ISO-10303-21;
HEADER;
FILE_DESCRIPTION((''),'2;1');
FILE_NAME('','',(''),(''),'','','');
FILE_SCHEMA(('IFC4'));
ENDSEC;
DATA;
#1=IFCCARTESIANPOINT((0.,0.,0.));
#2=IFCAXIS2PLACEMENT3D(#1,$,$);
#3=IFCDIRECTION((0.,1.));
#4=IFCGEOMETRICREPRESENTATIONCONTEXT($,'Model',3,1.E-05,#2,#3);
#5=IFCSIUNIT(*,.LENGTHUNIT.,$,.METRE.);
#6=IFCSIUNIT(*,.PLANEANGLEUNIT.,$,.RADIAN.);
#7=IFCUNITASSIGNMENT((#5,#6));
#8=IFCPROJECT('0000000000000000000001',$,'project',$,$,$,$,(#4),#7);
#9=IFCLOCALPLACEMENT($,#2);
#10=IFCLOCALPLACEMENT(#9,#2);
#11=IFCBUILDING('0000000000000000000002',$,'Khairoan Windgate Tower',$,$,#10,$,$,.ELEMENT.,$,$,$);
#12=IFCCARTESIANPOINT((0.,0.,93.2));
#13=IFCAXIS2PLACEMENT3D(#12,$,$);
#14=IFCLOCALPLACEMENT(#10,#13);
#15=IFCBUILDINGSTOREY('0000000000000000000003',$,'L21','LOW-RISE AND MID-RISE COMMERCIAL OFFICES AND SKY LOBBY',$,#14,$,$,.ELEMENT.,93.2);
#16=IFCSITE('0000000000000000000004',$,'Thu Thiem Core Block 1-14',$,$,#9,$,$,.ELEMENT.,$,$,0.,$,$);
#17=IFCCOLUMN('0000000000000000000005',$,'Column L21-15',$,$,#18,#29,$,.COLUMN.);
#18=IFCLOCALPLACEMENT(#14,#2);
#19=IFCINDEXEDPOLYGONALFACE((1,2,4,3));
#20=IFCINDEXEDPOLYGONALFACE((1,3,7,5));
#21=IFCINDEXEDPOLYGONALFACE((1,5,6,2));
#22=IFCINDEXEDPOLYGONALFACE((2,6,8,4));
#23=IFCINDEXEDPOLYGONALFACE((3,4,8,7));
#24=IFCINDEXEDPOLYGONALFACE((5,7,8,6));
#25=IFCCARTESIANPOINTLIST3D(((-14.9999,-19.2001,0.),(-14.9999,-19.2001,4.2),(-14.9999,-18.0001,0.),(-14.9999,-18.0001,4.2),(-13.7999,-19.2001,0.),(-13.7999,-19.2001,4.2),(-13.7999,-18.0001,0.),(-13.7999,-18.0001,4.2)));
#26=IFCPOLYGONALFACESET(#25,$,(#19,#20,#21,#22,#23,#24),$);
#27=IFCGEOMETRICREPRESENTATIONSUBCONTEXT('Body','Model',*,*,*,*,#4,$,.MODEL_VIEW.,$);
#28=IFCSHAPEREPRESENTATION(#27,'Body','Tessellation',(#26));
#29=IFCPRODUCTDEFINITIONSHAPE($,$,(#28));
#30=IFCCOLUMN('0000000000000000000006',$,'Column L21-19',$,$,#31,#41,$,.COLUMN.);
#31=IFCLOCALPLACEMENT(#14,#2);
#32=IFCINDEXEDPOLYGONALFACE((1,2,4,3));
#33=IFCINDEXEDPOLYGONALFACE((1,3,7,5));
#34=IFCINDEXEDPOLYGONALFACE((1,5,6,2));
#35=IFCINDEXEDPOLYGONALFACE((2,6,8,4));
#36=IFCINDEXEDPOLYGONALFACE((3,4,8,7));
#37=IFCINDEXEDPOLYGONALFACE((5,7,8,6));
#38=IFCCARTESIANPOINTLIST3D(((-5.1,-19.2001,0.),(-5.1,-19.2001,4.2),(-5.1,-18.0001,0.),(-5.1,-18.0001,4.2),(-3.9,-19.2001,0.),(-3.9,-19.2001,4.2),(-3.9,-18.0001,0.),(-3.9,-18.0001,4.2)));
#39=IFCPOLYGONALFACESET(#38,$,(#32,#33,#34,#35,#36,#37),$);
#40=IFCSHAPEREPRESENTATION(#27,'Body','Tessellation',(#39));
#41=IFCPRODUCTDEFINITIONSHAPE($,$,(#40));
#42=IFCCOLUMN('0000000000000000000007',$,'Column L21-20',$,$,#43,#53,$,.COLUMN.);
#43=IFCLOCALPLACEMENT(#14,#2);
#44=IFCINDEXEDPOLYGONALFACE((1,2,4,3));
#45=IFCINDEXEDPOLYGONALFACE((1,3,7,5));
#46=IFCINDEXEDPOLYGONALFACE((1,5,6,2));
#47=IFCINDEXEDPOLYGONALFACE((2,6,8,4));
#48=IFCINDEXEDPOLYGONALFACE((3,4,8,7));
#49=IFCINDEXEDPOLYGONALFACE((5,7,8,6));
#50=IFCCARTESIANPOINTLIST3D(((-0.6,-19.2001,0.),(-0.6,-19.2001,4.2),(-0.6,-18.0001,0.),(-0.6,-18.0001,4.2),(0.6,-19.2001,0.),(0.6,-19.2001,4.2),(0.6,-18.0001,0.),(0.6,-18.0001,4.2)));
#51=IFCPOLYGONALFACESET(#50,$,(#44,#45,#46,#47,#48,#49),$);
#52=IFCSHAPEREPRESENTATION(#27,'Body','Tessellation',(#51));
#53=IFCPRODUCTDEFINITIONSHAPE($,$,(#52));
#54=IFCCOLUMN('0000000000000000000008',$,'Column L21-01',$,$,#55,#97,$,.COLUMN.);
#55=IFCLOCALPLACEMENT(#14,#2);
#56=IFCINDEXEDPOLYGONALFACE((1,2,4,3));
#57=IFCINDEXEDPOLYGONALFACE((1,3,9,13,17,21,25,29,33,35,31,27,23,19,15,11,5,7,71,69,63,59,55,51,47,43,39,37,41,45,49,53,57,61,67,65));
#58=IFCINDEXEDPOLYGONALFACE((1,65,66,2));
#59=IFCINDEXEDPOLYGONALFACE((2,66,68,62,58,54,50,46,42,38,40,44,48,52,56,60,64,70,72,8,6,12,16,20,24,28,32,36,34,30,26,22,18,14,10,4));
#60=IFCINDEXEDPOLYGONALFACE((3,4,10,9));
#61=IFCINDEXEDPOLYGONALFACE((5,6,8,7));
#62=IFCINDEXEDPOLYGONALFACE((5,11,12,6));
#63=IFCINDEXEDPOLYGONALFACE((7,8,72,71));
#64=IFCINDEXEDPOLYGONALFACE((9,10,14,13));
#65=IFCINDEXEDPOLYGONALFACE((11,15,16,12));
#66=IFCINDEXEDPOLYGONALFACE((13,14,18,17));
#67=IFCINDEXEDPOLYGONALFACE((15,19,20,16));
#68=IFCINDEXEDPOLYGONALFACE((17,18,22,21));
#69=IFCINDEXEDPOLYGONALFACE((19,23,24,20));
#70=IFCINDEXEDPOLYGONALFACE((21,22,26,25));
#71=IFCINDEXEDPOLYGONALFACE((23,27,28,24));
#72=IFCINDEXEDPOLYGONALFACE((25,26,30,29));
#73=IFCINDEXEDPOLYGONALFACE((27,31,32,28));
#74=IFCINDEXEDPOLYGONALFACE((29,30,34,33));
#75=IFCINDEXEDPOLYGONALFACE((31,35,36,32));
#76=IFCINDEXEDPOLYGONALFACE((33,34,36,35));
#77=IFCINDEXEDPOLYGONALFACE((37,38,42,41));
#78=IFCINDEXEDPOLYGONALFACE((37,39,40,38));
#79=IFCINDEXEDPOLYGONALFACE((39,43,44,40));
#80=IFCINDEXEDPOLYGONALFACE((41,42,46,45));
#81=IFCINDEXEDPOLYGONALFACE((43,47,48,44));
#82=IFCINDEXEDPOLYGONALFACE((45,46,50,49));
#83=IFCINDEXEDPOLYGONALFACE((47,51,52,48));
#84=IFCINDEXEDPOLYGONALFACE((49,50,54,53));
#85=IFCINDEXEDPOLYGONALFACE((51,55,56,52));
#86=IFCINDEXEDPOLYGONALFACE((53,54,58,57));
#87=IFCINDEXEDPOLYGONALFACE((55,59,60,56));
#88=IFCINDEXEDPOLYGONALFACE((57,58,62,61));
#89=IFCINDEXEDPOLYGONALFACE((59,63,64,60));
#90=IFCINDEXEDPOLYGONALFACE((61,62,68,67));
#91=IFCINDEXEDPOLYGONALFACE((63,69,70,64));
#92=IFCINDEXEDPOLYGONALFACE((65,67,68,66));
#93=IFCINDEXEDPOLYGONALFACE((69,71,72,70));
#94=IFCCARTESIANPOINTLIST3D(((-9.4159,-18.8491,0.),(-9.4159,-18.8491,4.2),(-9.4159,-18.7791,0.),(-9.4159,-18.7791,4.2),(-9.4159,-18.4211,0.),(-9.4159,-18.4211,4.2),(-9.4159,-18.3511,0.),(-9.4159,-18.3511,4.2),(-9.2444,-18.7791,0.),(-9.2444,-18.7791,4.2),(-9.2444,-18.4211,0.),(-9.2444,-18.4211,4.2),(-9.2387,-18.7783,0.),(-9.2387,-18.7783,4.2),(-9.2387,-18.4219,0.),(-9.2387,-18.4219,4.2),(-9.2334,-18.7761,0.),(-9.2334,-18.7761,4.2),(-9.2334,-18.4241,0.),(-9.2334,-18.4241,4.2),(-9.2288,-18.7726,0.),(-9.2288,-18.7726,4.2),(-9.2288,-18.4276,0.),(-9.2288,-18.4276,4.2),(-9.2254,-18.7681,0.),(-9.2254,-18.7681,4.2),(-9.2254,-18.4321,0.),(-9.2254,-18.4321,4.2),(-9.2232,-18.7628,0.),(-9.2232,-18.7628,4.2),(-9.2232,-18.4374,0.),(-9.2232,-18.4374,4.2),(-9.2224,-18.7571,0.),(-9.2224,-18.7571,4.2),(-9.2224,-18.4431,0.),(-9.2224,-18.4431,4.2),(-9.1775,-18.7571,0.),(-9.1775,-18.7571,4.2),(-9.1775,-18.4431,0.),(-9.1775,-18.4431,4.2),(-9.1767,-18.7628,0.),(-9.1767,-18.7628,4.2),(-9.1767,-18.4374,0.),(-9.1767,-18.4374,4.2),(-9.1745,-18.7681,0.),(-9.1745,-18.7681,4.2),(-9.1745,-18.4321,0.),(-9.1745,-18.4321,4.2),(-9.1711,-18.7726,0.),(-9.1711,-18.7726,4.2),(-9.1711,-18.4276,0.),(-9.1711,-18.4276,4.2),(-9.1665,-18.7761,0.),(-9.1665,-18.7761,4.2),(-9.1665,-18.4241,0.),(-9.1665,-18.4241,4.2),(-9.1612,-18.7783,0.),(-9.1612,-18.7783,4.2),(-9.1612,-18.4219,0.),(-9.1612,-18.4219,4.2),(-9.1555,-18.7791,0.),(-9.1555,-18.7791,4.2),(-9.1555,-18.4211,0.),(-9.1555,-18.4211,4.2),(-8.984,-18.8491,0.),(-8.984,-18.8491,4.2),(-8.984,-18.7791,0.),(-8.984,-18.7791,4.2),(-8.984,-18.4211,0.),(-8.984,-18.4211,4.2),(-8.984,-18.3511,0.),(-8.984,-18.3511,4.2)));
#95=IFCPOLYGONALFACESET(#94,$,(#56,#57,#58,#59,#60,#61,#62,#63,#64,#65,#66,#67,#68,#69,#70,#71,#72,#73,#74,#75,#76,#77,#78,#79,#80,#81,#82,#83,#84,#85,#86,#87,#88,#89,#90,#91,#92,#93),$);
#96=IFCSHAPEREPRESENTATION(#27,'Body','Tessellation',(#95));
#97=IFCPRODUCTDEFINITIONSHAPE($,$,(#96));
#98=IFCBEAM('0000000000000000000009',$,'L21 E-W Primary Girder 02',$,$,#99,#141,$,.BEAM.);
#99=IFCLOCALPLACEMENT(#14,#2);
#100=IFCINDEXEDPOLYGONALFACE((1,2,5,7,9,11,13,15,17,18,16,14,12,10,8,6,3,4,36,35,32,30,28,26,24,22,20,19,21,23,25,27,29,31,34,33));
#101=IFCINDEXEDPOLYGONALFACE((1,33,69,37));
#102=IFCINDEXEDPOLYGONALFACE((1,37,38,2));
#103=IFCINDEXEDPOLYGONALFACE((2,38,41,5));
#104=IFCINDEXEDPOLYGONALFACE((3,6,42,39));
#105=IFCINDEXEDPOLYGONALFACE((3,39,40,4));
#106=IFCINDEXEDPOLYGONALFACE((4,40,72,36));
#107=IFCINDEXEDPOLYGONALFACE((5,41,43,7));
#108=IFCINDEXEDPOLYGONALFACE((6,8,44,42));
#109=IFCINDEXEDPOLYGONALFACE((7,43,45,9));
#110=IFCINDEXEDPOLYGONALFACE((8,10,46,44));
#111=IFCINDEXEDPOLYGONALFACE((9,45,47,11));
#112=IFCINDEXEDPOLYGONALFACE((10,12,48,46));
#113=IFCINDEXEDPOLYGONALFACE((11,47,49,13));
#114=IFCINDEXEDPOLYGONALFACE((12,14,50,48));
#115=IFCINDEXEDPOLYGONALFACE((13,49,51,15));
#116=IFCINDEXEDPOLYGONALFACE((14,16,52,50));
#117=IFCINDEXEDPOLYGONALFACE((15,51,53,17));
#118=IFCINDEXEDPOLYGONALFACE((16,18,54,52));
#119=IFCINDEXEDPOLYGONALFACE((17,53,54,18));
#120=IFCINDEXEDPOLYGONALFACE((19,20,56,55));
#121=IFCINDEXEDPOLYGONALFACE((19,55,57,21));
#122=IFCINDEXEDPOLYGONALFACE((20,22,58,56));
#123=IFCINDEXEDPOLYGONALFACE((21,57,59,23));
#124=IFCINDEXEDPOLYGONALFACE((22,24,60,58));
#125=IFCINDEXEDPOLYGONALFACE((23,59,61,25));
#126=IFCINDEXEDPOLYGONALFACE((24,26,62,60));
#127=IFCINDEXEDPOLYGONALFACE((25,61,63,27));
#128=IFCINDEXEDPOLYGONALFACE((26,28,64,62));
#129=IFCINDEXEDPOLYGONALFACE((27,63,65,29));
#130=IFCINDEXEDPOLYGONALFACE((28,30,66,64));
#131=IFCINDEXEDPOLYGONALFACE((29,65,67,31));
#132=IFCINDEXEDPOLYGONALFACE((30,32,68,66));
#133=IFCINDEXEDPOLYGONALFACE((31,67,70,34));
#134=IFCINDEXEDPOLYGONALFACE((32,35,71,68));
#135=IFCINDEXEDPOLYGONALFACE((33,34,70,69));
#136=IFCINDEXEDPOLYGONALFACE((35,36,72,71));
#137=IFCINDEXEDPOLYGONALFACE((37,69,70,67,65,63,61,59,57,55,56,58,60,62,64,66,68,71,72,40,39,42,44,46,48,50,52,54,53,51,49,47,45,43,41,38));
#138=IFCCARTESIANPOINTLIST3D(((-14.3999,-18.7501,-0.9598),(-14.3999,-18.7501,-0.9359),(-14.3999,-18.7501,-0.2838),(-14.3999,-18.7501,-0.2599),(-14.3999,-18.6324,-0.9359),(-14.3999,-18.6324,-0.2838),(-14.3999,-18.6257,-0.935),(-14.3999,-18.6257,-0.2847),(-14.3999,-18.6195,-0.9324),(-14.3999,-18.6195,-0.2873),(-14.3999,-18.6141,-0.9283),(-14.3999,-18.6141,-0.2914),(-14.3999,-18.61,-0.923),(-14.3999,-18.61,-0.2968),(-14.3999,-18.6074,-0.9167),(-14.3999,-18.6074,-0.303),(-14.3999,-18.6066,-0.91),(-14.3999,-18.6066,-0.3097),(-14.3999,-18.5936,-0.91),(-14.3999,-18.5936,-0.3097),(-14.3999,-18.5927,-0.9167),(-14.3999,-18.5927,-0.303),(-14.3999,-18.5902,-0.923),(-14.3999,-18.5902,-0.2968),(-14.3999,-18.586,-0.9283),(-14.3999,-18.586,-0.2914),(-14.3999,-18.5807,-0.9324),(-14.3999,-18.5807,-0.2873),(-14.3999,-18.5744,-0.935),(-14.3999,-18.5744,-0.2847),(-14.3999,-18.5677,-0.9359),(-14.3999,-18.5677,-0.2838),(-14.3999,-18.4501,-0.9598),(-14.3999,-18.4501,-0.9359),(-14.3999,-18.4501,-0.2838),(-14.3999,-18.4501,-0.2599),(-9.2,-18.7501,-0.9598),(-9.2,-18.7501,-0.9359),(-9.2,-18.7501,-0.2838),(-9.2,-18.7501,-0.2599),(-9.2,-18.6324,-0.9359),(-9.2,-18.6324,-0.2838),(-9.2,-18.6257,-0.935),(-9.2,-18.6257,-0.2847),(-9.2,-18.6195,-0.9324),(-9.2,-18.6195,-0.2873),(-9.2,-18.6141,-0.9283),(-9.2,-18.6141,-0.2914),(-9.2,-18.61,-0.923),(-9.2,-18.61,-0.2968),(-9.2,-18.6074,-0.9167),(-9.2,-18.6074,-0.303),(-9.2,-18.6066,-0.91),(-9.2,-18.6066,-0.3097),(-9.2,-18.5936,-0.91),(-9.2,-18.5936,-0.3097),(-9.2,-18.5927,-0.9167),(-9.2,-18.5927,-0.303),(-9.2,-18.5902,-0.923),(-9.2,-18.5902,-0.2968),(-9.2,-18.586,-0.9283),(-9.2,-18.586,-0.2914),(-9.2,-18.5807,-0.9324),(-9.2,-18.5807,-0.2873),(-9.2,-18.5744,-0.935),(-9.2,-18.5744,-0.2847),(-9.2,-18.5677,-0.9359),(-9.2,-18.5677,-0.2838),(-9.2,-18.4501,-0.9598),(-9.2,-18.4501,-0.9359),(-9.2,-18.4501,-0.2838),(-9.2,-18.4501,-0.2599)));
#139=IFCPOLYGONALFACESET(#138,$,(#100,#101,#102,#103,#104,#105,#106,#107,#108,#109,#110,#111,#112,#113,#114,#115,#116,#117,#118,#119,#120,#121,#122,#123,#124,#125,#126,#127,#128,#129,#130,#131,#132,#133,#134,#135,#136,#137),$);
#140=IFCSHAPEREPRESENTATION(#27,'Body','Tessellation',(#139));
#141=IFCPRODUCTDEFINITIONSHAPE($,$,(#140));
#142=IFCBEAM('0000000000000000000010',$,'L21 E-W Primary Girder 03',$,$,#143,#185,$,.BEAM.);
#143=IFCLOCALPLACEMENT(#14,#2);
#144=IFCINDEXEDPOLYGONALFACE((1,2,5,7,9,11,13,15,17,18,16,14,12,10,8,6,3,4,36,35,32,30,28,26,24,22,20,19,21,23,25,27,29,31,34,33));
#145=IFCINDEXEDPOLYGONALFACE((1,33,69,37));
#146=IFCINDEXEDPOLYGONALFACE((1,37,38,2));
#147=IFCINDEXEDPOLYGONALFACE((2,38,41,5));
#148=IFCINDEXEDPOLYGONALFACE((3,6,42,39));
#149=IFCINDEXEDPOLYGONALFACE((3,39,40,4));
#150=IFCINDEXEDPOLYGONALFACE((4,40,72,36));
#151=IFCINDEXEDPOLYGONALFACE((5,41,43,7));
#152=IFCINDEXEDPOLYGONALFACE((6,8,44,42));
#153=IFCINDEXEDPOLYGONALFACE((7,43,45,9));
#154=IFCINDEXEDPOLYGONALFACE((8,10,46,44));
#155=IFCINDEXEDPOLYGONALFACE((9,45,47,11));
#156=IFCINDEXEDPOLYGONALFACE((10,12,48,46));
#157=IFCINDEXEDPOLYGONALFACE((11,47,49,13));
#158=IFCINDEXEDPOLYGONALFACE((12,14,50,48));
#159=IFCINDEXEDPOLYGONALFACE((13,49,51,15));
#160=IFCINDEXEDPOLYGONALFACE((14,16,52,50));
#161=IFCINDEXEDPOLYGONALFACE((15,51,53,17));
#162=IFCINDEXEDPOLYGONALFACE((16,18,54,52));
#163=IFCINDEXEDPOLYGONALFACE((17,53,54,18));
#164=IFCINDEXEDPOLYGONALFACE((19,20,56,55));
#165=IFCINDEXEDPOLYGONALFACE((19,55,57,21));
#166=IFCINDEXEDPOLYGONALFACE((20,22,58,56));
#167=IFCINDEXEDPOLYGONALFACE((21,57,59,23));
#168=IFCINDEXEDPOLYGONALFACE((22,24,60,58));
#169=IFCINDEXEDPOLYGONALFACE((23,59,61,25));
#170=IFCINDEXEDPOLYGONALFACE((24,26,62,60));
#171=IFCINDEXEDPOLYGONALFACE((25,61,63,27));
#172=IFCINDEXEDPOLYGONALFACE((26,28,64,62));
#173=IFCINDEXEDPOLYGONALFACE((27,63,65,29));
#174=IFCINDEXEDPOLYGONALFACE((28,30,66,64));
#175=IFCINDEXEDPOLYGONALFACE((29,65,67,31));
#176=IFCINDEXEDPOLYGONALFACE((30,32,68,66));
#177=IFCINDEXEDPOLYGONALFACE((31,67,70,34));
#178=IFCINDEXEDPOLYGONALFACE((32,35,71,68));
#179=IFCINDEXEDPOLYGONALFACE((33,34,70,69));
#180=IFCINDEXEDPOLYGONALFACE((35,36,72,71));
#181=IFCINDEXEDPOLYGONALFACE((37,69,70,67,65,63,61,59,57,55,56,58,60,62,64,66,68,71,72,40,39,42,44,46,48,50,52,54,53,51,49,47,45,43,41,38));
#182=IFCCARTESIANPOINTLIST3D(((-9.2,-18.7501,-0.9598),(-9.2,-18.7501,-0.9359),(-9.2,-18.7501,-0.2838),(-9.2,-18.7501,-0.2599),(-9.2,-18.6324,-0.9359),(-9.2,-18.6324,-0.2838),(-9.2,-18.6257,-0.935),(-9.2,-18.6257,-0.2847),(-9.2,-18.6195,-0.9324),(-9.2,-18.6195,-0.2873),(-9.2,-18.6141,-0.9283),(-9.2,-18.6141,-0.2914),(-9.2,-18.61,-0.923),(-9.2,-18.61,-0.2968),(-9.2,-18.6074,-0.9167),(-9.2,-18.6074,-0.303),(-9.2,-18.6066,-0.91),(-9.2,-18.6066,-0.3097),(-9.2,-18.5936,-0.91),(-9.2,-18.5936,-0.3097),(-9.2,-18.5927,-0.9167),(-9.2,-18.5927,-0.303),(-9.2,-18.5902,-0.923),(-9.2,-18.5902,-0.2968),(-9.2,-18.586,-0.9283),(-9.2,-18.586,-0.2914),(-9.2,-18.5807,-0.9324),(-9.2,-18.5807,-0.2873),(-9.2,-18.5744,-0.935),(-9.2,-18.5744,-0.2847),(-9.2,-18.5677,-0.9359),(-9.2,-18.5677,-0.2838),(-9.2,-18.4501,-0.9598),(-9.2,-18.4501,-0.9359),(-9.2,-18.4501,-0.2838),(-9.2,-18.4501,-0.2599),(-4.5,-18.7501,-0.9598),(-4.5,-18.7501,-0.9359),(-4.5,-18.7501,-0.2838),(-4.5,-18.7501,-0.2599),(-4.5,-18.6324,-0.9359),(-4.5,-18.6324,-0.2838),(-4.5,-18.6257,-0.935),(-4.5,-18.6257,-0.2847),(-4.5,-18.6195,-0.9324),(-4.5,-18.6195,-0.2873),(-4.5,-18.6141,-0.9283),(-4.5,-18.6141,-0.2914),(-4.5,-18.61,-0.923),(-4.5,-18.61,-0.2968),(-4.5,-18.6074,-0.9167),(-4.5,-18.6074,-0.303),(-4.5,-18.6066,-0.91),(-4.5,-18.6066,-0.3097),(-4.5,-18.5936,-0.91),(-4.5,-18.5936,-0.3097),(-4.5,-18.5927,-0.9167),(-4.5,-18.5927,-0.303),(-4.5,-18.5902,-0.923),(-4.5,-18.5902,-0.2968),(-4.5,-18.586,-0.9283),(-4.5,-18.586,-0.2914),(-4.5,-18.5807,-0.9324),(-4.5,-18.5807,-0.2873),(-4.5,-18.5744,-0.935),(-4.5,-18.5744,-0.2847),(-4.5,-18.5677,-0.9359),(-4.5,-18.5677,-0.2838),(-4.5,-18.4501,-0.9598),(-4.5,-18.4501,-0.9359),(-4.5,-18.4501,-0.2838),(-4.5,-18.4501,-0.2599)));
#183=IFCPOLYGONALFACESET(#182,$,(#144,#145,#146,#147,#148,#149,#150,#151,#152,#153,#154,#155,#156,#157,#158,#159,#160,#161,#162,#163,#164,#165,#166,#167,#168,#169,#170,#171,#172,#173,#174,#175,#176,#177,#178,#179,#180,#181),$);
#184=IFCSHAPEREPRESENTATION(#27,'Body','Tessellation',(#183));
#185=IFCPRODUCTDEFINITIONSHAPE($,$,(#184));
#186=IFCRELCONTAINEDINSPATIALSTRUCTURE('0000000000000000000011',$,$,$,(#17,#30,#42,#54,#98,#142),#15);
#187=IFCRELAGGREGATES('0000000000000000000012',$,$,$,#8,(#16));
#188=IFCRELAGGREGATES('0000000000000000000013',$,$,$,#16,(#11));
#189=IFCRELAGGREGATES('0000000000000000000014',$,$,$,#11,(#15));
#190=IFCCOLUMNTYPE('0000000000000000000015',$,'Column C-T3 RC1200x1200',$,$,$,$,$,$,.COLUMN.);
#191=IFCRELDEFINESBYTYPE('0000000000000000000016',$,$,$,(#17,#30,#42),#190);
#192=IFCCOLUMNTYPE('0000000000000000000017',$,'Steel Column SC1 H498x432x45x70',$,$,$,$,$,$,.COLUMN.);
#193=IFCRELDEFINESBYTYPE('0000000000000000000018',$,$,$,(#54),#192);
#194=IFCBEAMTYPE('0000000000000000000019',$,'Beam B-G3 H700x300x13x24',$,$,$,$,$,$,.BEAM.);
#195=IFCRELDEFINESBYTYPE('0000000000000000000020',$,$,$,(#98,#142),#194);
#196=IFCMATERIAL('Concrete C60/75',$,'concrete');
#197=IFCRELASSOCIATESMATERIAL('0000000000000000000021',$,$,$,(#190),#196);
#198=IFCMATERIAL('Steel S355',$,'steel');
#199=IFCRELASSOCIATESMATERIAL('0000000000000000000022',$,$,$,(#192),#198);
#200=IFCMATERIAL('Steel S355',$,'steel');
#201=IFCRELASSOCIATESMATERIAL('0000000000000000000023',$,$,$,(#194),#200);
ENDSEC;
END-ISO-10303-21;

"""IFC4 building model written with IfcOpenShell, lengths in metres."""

from ifc_helpers import new_model, si_unit, direction, frame, origin, origin_2d, place, context, subcontext, project, spatial, rectangle, i_section, extrude, material, material_profile, profile_set, type_object, element, save


model = new_model("IFC4")

# Units and contexts
model_context = context("Model", 3, precision=1e-05, world=origin(), true_north=direction((0.0, 1.0)))
body_context = subcontext(model_context, "Body", "Model", "MODEL_VIEW")
ifc_project = project(units=[si_unit("LENGTHUNIT", "METRE"), si_unit("PLANEANGLEUNIT", "RADIAN")], contexts=[model_context])

# Site, building, storey
site_placement = place(None, origin())
site = spatial("IfcSite", under=ifc_project, at=site_placement, Name="Thu Thiem Core Block 1-14", CompositionType="ELEMENT", RefElevation=0.0)
building_placement = place(site_placement, origin())
building = spatial("IfcBuilding", under=site, at=building_placement, Name="Khairoan Windgate Tower", CompositionType="ELEMENT")
storey_placement = place(building_placement, frame((0.0, 0.0, 93.2)))
storey = spatial("IfcBuildingStorey", under=building, at=storey_placement, Name="L21", Description="LOW-RISE AND MID-RISE COMMERCIAL OFFICES AND SKY LOBBY", CompositionType="ELEMENT", Elevation=93.2)

# Columns
ifc_material_1 = material(Name="Concrete C60/75", Category="concrete")
ifc_material_profile_1 = material_profile(ifc_material_1, rectangle(XDim=1.2, YDim=1.2, at=origin_2d()))
ifc_profile_set_1 = profile_set([ifc_material_profile_1], Name="Concrete C60/75")
column_type_1 = type_object("IfcColumnType", Name="Column C-T3 RC1200x1200", PredefinedType="COLUMN", material=ifc_profile_set_1)
for number, where, z_axis, x_axis, name in (
    (1, (-14.3999, -18.6001, 0.0), (0.0, 0.0, 1.0), (1.0, 0.0, 0.0), "Column L21-15"),
    (2, (-4.5, -18.6001, 0.0), (0.0, 0.0, 1.0), (1.0, 0.0, 0.0), "Column L21-19"),
    (3, (0.0, -18.6001, 0.0), (0.0, 0.0, 1.0), (1.0, 0.0, 0.0), "Column L21-20"),
):
    element("IfcColumn", number, at=place(storey_placement, frame(where, z_axis=z_axis, x_axis=x_axis)), inside=storey, type_object=column_type_1, Name=name, PredefinedType="COLUMN", context=body_context, shape_type="SweptSolid", body=[
        extrude(rectangle(XDim=1.2, YDim=1.2, at=origin_2d()), origin(), (0.0, 0.0, 1.0), 4.2),
    ])
ifc_material_2 = material(Name="Steel S355", Category="steel")
ifc_material_profile_2 = material_profile(ifc_material_2, i_section(OverallWidth=0.4319, OverallDepth=0.498, WebThickness=0.0449, FlangeThickness=0.0701, FilletRadius=0.022, at=origin_2d()))
ifc_profile_set_2 = profile_set([ifc_material_profile_2], Name="Steel S355")
column_type_2 = type_object("IfcColumnType", Name="Steel Column SC1 H498x432x45x70", PredefinedType="COLUMN", material=ifc_profile_set_2)
column_placement = place(storey_placement, frame((-9.2, -18.6001, 0.0), z_axis=(0.0, 0.0, 1.0), x_axis=(1.0, 0.0, 0.0)))
element("IfcColumn", 4, at=column_placement, inside=storey, type_object=column_type_2, Name="Column L21-01", PredefinedType="COLUMN", context=body_context, shape_type="SweptSolid", body=[
    extrude(i_section(OverallWidth=0.4319, OverallDepth=0.498, WebThickness=0.0449, FlangeThickness=0.0701, FilletRadius=0.022, at=origin_2d()), origin(), (0.0, 0.0, 1.0), 4.2),
])

# Beams
ifc_material_3 = material(Name="Steel S355", Category="steel")
ifc_material_profile_3 = material_profile(ifc_material_3, i_section(OverallWidth=0.3, OverallDepth=0.7, WebThickness=0.0129, FlangeThickness=0.0239, FilletRadius=0.0259, at=origin_2d()))
ifc_profile_set_3 = profile_set([ifc_material_profile_3], Name="Steel S355")
beam_type_1 = type_object("IfcBeamType", Name="Beam B-G3 H700x300x13x24", PredefinedType="BEAM", material=ifc_profile_set_3)
beam_1_placement = place(storey_placement, frame((-14.3999, -18.6001, -0.6099), z_axis=(1.0, 0.0, 0.0), x_axis=(0.0, 1.0, 0.0)))
element("IfcBeam", 5, at=beam_1_placement, inside=storey, type_object=beam_type_1, Name="L21 E-W Primary Girder 02", PredefinedType="BEAM", context=body_context, shape_type="SweptSolid", body=[
    extrude(i_section(OverallWidth=0.3, OverallDepth=0.7, WebThickness=0.0129, FlangeThickness=0.0239, FilletRadius=0.0259, at=origin_2d()), origin(), (0.0, 0.0, 1.0), 5.2),
])
beam_2_placement = place(storey_placement, frame((-9.2, -18.6001, -0.6099), z_axis=(1.0, 0.0, 0.0), x_axis=(0.0, 1.0, 0.0)))
element("IfcBeam", 6, at=beam_2_placement, inside=storey, type_object=beam_type_1, Name="L21 E-W Primary Girder 03", PredefinedType="BEAM", context=body_context, shape_type="SweptSolid", body=[
    extrude(i_section(OverallWidth=0.3, OverallDepth=0.7, WebThickness=0.0129, FlangeThickness=0.0239, FilletRadius=0.0259, at=origin_2d()), origin(), (0.0, 0.0, 1.0), 4.7),
])

save(model, "model.ifc")
